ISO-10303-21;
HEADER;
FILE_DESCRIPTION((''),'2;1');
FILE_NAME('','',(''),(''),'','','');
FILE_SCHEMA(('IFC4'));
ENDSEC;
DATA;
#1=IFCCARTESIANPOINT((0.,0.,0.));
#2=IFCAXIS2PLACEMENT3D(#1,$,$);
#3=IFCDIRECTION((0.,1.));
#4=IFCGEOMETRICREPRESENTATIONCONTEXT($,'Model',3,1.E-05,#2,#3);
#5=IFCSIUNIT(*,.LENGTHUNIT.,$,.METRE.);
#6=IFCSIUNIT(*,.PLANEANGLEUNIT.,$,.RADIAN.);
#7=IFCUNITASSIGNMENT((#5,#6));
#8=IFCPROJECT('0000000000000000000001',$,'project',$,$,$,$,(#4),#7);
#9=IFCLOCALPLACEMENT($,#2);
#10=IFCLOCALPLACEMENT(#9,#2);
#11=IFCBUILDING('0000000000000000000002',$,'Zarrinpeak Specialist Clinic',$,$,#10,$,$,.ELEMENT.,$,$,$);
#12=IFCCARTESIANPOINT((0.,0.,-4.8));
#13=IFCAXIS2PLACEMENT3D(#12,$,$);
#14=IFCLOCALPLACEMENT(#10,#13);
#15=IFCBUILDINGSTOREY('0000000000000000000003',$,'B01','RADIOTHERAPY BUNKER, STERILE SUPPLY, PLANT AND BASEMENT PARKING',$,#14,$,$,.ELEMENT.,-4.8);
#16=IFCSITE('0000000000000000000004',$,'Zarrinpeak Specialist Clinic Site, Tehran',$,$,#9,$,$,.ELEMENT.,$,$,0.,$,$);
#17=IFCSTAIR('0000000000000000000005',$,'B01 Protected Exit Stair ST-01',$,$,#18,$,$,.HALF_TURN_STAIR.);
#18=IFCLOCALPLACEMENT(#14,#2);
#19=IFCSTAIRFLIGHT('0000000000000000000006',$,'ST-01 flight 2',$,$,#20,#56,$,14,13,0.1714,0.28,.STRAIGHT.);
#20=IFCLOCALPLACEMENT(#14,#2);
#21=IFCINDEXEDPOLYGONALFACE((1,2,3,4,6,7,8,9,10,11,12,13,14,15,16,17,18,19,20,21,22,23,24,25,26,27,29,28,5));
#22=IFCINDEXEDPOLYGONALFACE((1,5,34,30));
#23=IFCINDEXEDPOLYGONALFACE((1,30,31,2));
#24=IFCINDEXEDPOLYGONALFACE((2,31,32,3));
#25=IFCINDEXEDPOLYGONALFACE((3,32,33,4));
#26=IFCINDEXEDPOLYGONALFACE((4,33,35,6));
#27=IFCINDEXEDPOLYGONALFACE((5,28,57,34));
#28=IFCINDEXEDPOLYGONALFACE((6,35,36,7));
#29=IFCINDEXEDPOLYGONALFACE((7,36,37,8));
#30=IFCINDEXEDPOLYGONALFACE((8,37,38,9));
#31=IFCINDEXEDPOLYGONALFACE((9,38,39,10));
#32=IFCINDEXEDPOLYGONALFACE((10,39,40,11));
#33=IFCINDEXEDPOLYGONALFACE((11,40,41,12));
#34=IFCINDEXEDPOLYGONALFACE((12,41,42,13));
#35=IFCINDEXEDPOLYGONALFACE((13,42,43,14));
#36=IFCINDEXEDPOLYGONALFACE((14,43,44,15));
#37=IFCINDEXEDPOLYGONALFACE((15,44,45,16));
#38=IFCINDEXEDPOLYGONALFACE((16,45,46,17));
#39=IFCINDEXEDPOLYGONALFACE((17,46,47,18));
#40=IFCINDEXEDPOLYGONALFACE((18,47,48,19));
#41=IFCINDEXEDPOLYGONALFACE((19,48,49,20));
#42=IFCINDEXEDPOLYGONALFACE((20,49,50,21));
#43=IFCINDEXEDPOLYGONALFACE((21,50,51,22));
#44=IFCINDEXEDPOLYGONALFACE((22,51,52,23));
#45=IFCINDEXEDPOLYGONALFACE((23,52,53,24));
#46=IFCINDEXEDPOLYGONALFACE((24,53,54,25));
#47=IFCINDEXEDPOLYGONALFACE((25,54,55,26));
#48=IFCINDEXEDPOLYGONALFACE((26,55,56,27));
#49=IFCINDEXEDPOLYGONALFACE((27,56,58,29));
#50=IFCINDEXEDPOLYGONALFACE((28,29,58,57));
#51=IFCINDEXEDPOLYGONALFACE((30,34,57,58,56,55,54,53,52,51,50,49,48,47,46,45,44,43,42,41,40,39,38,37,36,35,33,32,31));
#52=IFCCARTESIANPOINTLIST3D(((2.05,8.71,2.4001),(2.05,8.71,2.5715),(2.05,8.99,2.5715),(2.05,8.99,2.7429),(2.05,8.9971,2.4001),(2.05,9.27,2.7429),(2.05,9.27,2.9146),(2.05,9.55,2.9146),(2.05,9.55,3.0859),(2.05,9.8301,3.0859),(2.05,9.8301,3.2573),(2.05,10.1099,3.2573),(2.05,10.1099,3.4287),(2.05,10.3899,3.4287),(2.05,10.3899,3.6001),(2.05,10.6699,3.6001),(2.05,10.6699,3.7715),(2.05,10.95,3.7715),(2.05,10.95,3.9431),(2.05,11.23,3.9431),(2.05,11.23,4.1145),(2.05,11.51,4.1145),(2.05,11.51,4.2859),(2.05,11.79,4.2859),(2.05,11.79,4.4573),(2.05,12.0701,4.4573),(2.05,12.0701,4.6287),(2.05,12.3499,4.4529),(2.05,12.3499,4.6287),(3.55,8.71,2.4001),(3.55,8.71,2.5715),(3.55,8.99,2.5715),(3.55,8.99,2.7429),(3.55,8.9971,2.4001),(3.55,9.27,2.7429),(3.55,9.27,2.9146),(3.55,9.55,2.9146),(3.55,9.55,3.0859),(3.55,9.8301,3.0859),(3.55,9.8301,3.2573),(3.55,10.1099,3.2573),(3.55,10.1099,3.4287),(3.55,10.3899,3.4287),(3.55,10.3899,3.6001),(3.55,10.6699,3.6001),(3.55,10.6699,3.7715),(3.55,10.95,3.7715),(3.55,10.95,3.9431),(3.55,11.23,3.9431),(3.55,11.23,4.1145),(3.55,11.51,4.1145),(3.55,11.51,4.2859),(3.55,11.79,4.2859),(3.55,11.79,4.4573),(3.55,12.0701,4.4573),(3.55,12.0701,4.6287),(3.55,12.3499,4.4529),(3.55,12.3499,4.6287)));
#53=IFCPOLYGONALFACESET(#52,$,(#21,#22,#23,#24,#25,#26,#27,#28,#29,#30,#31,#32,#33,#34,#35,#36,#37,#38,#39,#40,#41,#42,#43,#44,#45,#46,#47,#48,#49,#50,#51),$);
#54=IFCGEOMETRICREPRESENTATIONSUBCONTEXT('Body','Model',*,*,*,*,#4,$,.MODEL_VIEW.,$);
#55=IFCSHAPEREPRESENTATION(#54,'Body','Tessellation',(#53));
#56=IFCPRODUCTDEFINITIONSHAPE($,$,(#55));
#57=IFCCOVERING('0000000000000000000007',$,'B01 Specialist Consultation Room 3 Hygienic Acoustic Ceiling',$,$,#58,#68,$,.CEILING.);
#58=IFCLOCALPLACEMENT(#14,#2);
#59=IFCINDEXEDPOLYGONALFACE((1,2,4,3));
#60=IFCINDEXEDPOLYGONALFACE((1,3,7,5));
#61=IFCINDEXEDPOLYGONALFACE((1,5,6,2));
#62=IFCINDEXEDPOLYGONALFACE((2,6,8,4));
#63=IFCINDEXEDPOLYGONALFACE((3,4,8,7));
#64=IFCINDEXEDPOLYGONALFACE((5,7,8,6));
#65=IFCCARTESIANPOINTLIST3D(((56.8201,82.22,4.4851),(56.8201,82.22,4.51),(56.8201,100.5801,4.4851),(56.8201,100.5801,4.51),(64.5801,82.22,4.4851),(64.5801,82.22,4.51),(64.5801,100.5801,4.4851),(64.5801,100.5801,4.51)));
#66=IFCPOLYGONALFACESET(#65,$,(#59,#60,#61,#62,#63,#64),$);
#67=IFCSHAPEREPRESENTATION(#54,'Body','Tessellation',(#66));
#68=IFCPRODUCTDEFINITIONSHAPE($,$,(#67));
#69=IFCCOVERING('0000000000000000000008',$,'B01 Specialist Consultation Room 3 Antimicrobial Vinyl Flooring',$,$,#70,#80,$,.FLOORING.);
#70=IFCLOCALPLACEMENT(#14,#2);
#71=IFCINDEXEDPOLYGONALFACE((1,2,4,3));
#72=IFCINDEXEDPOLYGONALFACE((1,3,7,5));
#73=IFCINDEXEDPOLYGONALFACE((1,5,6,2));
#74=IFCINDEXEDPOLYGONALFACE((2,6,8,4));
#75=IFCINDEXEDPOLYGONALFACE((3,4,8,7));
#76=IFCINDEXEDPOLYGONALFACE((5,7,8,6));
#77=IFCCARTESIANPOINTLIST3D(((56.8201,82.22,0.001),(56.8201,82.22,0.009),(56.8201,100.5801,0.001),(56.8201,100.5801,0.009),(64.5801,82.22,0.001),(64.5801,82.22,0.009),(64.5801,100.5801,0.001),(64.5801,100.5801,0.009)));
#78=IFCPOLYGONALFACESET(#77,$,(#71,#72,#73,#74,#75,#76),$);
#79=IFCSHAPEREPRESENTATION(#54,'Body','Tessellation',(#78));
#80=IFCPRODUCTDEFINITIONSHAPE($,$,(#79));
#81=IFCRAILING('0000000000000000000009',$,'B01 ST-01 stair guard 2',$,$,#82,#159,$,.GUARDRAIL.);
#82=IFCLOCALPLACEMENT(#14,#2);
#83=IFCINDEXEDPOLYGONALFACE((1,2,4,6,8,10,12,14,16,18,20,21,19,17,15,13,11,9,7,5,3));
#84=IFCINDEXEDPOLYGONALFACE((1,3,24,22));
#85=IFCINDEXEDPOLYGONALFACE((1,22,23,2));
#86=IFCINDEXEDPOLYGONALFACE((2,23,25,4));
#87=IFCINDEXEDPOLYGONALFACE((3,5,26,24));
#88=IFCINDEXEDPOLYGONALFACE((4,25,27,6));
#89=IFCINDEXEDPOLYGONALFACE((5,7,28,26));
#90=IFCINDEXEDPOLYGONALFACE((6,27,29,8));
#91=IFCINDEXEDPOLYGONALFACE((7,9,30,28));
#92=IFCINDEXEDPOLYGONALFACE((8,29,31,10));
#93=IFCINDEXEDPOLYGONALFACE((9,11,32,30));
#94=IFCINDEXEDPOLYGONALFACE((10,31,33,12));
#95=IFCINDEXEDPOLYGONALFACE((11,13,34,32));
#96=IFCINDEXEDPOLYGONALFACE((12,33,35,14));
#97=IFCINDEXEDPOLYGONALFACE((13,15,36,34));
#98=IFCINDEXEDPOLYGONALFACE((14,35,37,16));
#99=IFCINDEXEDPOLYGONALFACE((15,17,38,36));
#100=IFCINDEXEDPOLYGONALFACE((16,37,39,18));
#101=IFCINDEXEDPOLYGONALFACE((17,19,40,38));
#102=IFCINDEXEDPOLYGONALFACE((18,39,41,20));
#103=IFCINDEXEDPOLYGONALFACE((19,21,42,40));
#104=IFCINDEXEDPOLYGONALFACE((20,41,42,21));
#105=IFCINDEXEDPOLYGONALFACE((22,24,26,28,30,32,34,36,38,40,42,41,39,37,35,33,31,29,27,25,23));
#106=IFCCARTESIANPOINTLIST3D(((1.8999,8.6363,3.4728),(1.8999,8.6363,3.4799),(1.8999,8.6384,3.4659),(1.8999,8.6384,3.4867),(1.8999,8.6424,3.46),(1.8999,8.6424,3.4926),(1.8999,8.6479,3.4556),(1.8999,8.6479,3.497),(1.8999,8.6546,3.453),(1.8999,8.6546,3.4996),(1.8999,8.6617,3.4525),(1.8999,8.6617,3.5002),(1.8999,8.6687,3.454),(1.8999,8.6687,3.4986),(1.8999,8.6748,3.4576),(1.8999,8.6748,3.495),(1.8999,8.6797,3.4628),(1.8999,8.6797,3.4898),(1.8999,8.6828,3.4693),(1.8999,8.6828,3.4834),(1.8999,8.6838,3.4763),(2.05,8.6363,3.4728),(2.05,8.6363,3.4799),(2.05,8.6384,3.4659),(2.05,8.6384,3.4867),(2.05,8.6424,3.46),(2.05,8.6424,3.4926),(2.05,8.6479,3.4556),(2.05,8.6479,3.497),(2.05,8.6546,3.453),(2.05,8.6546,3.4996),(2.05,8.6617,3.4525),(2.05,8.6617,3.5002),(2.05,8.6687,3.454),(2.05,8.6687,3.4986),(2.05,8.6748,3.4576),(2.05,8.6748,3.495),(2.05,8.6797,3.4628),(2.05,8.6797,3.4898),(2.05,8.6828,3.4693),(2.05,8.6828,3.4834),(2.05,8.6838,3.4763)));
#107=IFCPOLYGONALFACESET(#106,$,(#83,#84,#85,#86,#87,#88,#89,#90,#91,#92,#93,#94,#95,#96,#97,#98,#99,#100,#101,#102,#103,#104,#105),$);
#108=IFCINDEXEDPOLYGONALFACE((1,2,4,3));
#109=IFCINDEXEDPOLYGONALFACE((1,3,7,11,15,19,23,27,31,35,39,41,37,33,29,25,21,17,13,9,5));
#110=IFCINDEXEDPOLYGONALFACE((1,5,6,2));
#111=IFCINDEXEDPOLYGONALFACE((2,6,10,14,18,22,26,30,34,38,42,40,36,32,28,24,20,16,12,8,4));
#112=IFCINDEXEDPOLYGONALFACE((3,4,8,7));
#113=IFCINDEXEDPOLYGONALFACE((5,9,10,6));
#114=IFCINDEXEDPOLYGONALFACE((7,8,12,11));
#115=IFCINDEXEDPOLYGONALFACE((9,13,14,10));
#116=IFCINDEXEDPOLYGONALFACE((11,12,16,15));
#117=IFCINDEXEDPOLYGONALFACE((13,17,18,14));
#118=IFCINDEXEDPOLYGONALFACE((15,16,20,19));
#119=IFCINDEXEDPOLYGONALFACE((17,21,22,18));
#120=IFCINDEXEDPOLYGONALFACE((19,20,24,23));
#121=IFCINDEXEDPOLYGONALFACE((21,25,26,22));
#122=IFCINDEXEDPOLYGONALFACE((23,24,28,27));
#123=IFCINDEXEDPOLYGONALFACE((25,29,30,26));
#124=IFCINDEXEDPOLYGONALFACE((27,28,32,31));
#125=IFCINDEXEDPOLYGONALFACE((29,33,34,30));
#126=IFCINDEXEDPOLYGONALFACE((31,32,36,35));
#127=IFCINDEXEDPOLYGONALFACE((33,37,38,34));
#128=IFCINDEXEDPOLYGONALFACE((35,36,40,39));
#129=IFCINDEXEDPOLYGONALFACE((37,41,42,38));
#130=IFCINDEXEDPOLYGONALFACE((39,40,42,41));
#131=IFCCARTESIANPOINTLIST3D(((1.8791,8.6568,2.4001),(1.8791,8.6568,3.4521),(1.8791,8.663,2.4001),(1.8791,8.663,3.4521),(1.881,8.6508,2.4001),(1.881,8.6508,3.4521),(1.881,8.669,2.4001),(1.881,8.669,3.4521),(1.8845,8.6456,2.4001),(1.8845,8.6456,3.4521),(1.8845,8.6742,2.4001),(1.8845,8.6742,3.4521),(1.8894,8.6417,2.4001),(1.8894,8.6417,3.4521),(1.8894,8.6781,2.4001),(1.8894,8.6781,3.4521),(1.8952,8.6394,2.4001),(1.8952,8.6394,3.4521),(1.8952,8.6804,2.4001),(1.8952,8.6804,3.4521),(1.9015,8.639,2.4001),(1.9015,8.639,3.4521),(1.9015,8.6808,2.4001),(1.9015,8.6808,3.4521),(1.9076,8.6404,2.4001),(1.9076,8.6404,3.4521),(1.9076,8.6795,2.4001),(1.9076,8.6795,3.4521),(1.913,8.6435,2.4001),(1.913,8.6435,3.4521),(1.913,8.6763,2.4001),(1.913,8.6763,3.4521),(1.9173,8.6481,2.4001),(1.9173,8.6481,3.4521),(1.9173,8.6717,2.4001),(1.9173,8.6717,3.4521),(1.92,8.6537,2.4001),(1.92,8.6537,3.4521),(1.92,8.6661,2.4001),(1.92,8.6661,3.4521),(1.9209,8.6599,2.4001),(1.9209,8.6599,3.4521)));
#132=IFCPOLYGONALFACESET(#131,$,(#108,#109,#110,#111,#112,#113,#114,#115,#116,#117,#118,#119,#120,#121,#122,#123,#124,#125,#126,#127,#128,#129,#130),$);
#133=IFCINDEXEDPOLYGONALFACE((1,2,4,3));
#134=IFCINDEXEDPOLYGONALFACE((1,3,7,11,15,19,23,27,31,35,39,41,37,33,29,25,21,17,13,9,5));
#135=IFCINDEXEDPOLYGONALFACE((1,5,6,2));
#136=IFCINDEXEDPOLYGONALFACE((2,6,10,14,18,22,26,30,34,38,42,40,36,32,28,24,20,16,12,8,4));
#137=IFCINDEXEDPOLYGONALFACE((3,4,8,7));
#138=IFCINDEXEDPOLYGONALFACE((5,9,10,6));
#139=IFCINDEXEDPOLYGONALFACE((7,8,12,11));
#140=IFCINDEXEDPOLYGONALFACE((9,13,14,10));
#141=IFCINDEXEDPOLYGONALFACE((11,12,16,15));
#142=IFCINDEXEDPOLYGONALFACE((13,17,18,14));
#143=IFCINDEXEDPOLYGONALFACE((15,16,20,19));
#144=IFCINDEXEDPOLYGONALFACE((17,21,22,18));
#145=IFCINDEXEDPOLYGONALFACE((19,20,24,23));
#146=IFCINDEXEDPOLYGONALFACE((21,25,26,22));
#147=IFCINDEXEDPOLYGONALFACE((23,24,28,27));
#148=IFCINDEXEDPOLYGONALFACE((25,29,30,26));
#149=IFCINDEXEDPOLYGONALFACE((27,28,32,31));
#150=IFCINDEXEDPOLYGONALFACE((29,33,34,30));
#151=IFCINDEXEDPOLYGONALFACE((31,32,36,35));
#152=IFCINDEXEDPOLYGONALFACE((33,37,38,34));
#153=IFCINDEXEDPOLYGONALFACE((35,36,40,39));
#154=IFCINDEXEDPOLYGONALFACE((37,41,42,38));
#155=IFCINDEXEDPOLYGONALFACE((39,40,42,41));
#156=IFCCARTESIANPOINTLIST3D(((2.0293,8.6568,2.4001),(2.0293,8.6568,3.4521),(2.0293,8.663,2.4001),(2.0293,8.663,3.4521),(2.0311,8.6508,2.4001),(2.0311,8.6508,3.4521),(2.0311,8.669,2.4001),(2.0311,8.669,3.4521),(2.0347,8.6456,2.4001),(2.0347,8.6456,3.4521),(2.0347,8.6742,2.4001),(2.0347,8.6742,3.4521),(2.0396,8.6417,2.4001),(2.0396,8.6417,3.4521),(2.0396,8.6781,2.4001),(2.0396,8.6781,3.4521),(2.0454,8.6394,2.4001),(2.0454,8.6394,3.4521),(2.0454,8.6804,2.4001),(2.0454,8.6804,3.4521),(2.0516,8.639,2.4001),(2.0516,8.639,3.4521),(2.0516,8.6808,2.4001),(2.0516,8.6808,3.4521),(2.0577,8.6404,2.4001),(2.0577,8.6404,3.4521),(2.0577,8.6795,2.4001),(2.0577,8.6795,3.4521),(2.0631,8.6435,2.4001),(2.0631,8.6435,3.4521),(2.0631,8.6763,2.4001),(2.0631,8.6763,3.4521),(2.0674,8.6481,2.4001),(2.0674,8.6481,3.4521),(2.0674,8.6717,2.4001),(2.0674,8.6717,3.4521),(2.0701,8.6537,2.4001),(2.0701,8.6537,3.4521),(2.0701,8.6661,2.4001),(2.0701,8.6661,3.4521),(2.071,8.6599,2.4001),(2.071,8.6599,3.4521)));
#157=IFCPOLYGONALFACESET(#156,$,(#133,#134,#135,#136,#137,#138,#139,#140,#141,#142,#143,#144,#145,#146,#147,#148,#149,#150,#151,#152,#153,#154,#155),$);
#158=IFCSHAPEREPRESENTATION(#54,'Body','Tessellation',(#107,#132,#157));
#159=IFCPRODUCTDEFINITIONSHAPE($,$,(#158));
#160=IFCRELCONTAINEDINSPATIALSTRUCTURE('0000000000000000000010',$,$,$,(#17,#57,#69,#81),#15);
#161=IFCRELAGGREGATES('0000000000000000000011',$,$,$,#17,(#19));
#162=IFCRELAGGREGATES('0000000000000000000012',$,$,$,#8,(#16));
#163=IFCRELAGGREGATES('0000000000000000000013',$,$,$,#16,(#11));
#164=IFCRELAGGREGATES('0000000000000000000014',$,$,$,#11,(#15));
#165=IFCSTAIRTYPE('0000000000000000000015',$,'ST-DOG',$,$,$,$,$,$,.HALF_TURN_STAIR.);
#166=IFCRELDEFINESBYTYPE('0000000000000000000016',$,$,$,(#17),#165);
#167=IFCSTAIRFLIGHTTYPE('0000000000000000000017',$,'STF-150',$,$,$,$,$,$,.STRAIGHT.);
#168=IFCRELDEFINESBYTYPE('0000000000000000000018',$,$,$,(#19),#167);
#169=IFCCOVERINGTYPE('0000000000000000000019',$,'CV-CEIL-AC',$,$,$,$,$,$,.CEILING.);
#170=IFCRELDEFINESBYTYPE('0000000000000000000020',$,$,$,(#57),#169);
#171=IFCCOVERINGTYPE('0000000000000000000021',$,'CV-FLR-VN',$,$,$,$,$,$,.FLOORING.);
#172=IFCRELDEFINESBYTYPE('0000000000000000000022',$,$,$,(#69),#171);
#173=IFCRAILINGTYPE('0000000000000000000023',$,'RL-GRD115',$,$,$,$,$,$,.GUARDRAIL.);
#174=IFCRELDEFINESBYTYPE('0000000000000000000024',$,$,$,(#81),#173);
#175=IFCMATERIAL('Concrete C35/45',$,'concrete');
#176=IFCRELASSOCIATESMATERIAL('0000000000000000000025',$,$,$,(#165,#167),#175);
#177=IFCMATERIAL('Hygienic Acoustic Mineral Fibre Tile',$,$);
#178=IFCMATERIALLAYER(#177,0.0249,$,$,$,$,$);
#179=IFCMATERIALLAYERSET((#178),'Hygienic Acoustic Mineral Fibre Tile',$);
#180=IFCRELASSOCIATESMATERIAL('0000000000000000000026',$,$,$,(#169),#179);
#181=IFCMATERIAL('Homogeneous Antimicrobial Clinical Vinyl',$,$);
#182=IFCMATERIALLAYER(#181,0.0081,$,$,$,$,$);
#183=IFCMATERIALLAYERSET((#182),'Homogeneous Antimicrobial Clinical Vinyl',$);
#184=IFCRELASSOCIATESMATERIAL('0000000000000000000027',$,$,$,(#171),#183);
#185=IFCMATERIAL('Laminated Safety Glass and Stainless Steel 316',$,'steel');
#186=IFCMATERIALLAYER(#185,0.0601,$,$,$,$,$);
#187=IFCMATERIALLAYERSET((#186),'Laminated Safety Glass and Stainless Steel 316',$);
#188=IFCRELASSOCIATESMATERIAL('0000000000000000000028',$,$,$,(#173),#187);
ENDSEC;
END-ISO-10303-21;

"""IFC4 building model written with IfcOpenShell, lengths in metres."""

from ifc_helpers import new_model, si_unit, direction, frame, origin, origin_2d, place, context, subcontext, project, spatial, polyline, circle, outline, extrude, material, layer, layer_set, type_object, element, aggregate, save


model = new_model("IFC4")

# Units and contexts
model_context = context("Model", 3, precision=1e-05, world=origin(), true_north=direction((0.0, 1.0)))
body_context = subcontext(model_context, "Body", "Model", "MODEL_VIEW")
ifc_project = project(units=[si_unit("LENGTHUNIT", "METRE"), si_unit("PLANEANGLEUNIT", "RADIAN")], contexts=[model_context])

# Site, building, storey
site_placement = place(None, origin())
site = spatial("IfcSite", under=ifc_project, at=site_placement, Name="Zarrinpeak Specialist Clinic Site, Tehran", CompositionType="ELEMENT", RefElevation=0.0)
building_placement = place(site_placement, origin())
building = spatial("IfcBuilding", under=site, at=building_placement, Name="Zarrinpeak Specialist Clinic", CompositionType="ELEMENT")
storey_placement = place(building_placement, frame((0.0, 0.0, -4.8)))
storey = spatial("IfcBuildingStorey", under=building, at=storey_placement, Name="B01", Description="RADIOTHERAPY BUNKER, STERILE SUPPLY, PLANT AND BASEMENT PARKING", CompositionType="ELEMENT", Elevation=-4.8)

# Stair, stair flight
ifc_material_1 = material(Name="Concrete C35/45", Category="concrete")
stair_type = type_object("IfcStairType", Name="ST-DOG", PredefinedType="HALF_TURN_STAIR", material=ifc_material_1)
stair_placement = place(storey_placement, origin())
stair = element("IfcStair", 1, at=stair_placement, inside=storey, type_object=stair_type, Name="B01 Protected Exit Stair ST-01", PredefinedType="HALF_TURN_STAIR")
stair_flight_type = type_object("IfcStairFlightType", Name="STF-150", PredefinedType="STRAIGHT", material=ifc_material_1)
stair_flight_placement = place(storey_placement, frame((2.8, 8.71, 2.4001), z_axis=(0.0, 0.0, 1.0), x_axis=(0.0, 1.0, 0.0)))
stair_flight = element("IfcStairFlight", 2, at=stair_flight_placement, type_object=stair_flight_type, Name="ST-01 flight 2", NumberOfRisers=14, NumberOfTreads=13, PredefinedType="STRAIGHT", RiserHeight=0.1714, TreadLength=0.28, context=body_context, shape_type="SweptSolid", body=[
    extrude(outline(polyline([(0.0, 0.0), (0.0, 0.1714), (0.28, 0.1714), (0.28, 0.3428), (0.5601, 0.3428), (0.5601, 0.5144), (0.8401, 0.5144), (0.8401, 0.6858), (1.1201, 0.6858), (1.1201, 0.8572), (1.3999, 0.8572), (1.3999, 1.0286), (1.6799, 1.0286), (1.6799, 1.2), (1.96, 1.2), (1.96, 1.3713), (2.24, 1.3713), (2.24, 1.543), (2.52, 1.543), (2.52, 1.7144), (2.8, 1.7144), (2.8, 1.8857), (3.0801, 1.8857), (3.0801, 2.0571), (3.3601, 2.0571), (3.3601, 2.2285), (3.6399, 2.2285), (3.6399, 2.3999), (3.6399, 2.0527), (0.2871, 0.0), (0.0, 0.0)])), frame((0.0, 0.75, 0.0), z_axis=(0.0, -1.0, 0.0), x_axis=(1.0, 0.0, 0.0)), (0.0, 0.0, 1.0), 1.5),
])
aggregate(stair, [stair_flight])

# Coverings
ifc_material_2 = material(Name="Hygienic Acoustic Mineral Fibre Tile")
ifc_layer_1 = layer(ifc_material_2, 0.0249)
ifc_layer_set_1 = layer_set([ifc_layer_1], Name="Hygienic Acoustic Mineral Fibre Tile")
covering_type_1 = type_object("IfcCoveringType", Name="CV-CEIL-AC", PredefinedType="CEILING", material=ifc_layer_set_1)
covering_1_placement = place(storey_placement, frame((0.0, 0.0, 4.4851)))
element("IfcCovering", 3, at=covering_1_placement, inside=storey, type_object=covering_type_1, Name="B01 Specialist Consultation Room 3 Hygienic Acoustic Ceiling", PredefinedType="CEILING", context=body_context, shape_type="SweptSolid", body=[
    extrude(outline(polyline([(56.8201, 82.22), (64.5801, 82.22), (64.5801, 100.5801), (56.8201, 100.5801), (56.8201, 82.22)])), origin(), (0.0, 0.0, 1.0), 0.0249),
])
ifc_material_3 = material(Name="Homogeneous Antimicrobial Clinical Vinyl")
ifc_layer_2 = layer(ifc_material_3, 0.0081)
ifc_layer_set_2 = layer_set([ifc_layer_2], Name="Homogeneous Antimicrobial Clinical Vinyl")
covering_type_2 = type_object("IfcCoveringType", Name="CV-FLR-VN", PredefinedType="FLOORING", material=ifc_layer_set_2)
covering_2_placement = place(storey_placement, frame((0.0, 0.0, 0.001)))
element("IfcCovering", 4, at=covering_2_placement, inside=storey, type_object=covering_type_2, Name="B01 Specialist Consultation Room 3 Antimicrobial Vinyl Flooring", PredefinedType="FLOORING", context=body_context, shape_type="SweptSolid", body=[
    extrude(outline(polyline([(56.8201, 82.22), (64.5801, 82.22), (64.5801, 100.5801), (56.8201, 100.5801), (56.8201, 82.22)])), origin(), (0.0, 0.0, 1.0), 0.0081),
])

# Railing
ifc_material_4 = material(Name="Laminated Safety Glass and Stainless Steel 316", Category="steel")
ifc_layer_3 = layer(ifc_material_4, 0.0601)
ifc_layer_set_3 = layer_set([ifc_layer_3], Name="Laminated Safety Glass and Stainless Steel 316")
railing_type_1 = type_object("IfcRailingType", Name="RL-GRD115", PredefinedType="GUARDRAIL", material=ifc_layer_set_3)
railing_1_placement = place(storey_placement, frame((1.8999, 8.6599, 2.4001)))
element("IfcRailing", 5, at=railing_1_placement, inside=storey, type_object=railing_type_1, Name="B01 ST-01 stair guard 2", PredefinedType="GUARDRAIL", context=body_context, shape_type="SweptSolid", body=[
    extrude(circle(Radius=0.0239, at=origin_2d()), frame((0.0, 0.0, 1.0762), z_axis=(1.0, 0.0, 0.0), x_axis=(0.0, 1.0, 0.0)), (0.0, 0.0, 1.0), 0.1501),
    extrude(circle(Radius=0.021, at=origin_2d()), origin(), (0.0, 0.0, 1.0), 1.052),
    extrude(circle(Radius=0.021, at=origin_2d()), frame((0.1501, 0.0, 0.0)), (0.0, 0.0, 1.0), 1.052),
])

save(model, "model.ifc")
